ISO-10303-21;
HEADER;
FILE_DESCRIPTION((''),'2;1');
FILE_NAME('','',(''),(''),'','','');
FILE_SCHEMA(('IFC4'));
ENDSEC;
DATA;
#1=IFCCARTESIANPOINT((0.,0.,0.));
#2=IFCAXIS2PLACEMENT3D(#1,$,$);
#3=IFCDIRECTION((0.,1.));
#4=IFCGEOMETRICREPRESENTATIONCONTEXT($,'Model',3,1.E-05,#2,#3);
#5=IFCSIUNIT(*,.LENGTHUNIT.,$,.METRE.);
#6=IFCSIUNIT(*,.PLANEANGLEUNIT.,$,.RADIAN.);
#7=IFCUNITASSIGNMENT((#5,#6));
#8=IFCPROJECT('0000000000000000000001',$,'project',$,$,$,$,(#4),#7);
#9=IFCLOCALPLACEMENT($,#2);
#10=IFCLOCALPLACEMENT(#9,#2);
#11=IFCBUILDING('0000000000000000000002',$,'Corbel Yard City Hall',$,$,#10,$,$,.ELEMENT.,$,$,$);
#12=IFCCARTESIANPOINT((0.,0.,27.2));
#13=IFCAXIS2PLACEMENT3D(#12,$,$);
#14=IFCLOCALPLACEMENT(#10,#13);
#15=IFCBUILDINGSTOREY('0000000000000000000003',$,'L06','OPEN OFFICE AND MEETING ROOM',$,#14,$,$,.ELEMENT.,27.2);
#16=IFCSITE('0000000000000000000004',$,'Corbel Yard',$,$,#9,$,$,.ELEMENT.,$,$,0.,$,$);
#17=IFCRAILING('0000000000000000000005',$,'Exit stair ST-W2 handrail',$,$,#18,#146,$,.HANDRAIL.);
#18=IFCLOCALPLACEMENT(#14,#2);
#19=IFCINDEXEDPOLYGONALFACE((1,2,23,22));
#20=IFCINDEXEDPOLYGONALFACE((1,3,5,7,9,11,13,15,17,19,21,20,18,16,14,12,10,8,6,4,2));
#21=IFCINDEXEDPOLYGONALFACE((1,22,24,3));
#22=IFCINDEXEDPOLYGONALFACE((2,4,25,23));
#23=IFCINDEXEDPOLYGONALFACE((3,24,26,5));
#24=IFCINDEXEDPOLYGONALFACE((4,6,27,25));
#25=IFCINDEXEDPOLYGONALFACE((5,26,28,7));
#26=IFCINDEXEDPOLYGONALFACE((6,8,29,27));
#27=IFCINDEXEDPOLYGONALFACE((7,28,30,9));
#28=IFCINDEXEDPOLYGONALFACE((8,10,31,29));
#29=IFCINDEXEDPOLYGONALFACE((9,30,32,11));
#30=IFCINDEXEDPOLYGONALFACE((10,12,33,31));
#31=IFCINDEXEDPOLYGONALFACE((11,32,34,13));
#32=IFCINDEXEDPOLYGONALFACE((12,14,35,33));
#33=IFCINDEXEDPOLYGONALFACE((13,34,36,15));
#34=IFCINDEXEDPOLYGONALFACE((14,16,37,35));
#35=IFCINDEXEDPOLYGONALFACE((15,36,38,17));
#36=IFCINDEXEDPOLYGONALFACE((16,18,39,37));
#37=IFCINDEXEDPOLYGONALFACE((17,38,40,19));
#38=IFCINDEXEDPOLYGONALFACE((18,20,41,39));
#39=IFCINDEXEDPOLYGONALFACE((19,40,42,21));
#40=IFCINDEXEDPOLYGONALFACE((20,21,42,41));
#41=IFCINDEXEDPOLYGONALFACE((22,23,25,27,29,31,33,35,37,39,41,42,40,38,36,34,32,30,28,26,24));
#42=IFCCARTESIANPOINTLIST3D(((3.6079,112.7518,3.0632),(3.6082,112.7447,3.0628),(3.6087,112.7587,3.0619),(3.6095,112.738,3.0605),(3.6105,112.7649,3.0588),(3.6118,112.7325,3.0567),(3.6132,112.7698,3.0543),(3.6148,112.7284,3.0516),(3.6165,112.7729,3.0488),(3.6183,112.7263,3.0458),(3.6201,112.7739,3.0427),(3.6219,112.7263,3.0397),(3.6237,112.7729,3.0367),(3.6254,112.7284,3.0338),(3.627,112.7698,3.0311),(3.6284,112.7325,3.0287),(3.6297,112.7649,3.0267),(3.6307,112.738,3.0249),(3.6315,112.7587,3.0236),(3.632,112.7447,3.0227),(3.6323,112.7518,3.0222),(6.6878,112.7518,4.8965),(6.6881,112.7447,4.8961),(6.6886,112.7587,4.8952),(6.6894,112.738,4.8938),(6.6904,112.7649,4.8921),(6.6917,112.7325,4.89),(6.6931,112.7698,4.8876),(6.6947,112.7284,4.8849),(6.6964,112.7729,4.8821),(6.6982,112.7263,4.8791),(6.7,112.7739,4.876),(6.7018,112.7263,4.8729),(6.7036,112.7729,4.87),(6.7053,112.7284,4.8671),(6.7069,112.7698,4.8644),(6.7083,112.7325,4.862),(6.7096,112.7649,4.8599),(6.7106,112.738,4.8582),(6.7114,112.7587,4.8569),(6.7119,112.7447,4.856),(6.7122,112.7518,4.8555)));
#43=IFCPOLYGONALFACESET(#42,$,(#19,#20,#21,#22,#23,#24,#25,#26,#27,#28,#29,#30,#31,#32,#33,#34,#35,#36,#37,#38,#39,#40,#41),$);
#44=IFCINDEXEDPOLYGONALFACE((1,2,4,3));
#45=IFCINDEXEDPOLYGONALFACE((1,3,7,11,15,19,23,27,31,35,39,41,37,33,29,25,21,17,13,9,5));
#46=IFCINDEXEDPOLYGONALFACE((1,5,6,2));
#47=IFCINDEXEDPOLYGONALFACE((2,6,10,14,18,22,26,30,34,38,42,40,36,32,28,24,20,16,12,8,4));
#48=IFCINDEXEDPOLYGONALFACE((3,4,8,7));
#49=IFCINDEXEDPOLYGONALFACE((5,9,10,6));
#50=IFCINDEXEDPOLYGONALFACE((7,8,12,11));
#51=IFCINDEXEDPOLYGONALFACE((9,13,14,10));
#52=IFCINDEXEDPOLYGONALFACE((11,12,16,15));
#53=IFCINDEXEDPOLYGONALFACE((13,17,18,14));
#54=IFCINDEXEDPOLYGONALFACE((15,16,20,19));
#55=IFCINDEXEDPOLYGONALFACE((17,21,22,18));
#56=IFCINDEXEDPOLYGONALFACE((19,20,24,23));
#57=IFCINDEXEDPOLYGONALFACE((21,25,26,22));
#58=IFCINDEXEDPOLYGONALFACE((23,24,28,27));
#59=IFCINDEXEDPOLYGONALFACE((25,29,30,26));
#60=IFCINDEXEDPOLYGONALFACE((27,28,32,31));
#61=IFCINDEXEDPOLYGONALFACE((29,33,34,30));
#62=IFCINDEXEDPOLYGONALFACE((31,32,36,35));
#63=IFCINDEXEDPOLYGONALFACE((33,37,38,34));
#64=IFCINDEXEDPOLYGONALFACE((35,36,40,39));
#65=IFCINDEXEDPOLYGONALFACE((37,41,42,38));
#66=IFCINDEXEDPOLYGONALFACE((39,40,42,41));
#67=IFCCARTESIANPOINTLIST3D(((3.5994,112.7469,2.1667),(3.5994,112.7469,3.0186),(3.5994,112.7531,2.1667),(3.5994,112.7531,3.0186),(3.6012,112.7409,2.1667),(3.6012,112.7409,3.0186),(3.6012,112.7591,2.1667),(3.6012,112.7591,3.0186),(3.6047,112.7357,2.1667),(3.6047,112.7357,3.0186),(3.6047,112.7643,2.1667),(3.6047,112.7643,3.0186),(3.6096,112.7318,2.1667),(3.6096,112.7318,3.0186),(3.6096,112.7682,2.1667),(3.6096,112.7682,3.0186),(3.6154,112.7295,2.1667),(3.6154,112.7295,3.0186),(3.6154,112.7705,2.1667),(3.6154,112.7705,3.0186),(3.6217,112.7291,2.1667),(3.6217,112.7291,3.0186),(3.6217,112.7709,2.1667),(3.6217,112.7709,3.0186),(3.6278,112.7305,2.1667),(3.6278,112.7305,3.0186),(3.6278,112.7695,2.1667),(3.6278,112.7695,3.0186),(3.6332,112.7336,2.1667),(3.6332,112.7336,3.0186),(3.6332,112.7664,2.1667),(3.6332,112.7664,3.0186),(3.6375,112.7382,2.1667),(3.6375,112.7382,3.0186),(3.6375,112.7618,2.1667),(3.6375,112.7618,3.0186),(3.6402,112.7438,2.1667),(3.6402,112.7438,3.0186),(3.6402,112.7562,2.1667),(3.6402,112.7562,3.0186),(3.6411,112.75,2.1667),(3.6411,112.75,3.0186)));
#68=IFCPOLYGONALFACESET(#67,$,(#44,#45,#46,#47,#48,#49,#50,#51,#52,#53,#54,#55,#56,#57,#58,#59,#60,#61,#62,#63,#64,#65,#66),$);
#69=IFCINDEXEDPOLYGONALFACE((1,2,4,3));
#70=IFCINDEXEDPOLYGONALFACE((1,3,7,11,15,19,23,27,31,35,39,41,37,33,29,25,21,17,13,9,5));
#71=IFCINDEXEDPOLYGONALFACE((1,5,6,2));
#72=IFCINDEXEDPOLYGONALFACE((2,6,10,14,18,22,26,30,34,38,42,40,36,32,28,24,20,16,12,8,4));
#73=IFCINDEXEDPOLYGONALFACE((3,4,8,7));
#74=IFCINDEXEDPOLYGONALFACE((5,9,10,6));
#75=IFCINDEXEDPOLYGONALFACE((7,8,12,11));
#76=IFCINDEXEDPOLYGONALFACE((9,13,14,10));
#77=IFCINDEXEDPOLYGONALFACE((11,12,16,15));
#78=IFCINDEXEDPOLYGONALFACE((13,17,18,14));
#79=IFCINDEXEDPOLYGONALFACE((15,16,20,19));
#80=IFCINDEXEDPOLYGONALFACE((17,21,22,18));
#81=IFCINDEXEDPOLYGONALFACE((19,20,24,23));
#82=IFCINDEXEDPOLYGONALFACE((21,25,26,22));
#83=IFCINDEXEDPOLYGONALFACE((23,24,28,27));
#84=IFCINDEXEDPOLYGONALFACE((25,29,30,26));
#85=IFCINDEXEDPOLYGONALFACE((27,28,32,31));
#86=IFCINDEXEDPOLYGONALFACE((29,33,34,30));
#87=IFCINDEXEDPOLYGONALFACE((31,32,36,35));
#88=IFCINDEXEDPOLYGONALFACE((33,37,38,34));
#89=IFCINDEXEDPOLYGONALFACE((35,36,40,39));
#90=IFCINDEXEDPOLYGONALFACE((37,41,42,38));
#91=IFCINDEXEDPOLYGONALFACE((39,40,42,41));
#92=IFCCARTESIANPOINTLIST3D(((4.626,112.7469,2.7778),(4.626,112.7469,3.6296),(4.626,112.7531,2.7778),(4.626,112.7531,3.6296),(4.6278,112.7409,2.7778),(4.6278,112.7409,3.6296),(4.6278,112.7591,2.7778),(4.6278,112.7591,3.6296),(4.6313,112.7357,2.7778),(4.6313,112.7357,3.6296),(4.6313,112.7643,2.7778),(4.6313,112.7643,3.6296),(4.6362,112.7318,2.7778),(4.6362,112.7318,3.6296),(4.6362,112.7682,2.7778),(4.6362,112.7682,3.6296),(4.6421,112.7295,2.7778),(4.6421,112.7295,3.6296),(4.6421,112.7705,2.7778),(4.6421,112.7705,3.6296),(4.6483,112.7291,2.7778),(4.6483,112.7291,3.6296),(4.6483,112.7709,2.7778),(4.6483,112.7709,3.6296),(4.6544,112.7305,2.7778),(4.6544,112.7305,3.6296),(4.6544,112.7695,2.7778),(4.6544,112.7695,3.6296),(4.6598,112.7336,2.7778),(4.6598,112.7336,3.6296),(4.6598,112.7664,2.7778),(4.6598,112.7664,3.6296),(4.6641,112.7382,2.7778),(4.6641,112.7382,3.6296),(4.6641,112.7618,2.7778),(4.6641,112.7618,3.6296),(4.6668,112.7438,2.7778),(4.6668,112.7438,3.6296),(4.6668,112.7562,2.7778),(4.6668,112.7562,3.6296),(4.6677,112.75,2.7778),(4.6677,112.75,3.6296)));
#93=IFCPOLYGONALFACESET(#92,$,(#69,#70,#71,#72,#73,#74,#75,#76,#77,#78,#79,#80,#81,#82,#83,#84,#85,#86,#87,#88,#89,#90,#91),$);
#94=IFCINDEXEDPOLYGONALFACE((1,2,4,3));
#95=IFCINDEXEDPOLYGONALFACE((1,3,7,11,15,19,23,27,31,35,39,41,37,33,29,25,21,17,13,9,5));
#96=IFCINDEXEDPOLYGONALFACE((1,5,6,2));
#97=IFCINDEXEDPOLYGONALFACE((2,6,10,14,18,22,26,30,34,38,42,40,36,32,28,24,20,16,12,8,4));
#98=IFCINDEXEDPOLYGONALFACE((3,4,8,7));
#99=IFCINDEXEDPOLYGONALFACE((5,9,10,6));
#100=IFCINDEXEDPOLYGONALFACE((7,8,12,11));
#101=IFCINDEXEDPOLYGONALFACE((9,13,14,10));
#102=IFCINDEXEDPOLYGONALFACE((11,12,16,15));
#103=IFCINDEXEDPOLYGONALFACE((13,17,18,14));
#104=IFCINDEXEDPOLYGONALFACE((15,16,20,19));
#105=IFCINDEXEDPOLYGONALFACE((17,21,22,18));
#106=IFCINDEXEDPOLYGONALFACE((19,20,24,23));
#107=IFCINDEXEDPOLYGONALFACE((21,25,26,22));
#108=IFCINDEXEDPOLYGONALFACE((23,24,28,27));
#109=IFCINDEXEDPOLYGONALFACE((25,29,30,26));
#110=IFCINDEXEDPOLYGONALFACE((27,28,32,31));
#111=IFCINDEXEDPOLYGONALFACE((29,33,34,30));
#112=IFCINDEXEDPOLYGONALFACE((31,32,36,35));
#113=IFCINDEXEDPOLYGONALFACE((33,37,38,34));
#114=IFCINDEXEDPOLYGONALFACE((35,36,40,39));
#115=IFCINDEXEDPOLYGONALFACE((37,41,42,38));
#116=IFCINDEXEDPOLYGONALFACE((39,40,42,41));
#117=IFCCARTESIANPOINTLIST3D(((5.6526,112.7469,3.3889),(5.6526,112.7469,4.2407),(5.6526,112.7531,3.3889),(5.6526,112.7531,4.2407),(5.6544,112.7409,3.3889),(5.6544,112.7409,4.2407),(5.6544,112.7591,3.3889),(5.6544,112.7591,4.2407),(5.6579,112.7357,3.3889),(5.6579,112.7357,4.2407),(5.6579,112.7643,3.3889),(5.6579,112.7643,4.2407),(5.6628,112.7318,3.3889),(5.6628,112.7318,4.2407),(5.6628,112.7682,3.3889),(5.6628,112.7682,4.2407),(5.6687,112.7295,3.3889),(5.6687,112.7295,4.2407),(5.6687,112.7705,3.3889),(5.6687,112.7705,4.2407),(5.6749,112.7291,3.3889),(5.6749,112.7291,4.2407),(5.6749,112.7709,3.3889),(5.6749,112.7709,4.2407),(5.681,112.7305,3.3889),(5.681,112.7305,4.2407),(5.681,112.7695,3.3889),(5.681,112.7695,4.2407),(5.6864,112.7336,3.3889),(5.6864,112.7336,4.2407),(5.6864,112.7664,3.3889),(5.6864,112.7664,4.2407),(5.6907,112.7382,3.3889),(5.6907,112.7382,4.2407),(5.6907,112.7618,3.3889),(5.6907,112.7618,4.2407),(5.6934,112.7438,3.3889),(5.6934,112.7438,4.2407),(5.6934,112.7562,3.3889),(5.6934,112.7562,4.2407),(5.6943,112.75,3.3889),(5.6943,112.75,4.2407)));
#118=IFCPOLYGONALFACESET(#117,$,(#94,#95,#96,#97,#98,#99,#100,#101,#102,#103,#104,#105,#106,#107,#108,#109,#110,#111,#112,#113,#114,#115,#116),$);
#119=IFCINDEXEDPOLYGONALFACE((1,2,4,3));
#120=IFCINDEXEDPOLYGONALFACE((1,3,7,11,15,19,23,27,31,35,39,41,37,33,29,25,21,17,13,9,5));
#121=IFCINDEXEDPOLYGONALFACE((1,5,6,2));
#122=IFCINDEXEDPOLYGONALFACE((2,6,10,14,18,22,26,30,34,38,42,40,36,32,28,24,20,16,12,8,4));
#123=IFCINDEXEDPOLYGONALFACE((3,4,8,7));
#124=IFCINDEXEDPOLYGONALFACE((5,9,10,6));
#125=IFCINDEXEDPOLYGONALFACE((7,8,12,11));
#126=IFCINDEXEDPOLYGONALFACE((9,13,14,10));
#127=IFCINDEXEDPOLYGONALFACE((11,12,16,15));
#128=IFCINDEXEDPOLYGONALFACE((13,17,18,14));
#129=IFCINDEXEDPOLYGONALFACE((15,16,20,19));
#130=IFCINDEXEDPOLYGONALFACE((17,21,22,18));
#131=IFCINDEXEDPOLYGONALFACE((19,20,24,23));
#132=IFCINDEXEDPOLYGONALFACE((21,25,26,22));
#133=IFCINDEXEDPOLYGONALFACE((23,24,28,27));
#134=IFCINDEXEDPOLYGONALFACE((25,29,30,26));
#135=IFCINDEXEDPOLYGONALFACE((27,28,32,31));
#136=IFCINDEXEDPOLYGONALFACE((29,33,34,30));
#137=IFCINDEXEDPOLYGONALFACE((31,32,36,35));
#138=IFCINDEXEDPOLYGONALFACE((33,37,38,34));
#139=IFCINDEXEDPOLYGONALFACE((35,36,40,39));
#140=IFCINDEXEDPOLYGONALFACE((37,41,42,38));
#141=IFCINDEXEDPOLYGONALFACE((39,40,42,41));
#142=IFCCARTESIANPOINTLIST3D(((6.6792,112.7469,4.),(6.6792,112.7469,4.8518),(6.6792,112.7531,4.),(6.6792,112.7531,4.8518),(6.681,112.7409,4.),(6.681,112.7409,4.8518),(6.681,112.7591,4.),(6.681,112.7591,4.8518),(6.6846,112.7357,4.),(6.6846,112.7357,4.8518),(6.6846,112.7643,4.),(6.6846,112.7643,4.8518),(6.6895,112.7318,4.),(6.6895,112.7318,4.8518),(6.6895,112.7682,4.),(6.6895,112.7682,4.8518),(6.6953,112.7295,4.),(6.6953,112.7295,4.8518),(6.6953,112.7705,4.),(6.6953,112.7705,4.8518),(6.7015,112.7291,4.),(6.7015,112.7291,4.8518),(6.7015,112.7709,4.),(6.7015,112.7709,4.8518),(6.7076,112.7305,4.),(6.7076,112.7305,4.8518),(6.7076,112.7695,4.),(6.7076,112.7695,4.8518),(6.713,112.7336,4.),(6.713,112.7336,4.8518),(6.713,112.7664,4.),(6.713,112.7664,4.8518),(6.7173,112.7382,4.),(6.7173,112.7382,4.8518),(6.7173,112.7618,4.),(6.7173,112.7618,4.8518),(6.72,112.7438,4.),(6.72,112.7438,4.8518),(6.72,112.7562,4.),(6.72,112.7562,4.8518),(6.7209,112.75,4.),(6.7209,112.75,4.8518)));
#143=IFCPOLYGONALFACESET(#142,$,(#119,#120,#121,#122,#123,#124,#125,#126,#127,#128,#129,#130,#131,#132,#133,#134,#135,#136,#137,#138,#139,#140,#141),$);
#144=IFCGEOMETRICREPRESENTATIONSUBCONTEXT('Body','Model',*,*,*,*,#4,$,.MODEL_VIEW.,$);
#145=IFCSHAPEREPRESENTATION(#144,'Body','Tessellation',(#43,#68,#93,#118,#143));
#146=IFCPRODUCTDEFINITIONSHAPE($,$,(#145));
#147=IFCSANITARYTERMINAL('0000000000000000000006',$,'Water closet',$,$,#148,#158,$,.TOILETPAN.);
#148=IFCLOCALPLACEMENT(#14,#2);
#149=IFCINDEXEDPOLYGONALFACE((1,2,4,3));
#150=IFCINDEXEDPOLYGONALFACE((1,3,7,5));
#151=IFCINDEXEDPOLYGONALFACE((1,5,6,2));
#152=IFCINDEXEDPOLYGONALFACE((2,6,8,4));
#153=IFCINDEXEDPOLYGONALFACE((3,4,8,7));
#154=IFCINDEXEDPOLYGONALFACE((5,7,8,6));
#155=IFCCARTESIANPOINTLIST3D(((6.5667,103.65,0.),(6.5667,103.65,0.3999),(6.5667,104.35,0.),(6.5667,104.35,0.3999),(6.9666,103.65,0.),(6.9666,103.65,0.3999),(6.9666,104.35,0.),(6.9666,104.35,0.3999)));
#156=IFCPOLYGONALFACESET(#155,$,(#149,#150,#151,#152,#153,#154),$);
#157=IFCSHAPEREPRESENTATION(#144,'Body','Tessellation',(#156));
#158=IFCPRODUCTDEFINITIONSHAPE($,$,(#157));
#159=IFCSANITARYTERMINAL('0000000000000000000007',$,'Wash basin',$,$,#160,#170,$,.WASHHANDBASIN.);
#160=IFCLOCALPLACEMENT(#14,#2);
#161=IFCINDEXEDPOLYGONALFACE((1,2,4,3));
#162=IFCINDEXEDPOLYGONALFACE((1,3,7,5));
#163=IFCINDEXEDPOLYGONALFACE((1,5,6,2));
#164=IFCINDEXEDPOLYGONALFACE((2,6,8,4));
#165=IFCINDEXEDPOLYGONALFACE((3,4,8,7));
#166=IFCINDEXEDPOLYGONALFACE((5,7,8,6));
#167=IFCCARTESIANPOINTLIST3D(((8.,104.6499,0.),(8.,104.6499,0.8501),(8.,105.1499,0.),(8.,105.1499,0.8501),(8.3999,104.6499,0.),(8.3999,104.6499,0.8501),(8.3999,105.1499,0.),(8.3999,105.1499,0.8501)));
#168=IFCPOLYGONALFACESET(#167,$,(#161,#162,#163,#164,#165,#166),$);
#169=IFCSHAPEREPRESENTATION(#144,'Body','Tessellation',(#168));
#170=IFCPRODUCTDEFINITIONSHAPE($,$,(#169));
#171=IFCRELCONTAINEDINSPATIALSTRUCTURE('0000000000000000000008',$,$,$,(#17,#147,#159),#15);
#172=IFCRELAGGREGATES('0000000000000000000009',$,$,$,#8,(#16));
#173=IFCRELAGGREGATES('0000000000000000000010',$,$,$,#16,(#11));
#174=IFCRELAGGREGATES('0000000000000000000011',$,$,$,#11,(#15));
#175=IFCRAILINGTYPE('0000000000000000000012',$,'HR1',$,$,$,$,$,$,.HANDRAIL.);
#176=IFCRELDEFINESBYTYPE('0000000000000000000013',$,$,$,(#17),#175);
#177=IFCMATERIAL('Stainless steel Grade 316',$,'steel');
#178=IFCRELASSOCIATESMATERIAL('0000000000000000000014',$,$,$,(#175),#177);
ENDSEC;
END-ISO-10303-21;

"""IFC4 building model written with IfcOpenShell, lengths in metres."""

from ifc_helpers import new_model, si_unit, direction, frame, origin, origin_2d, place, context, subcontext, project, spatial, rectangle, circle, extrude, material, type_object, element, save


model = new_model("IFC4")

# Units and contexts
model_context = context("Model", 3, precision=1e-05, world=origin(), true_north=direction((0.0, 1.0)))
body_context = subcontext(model_context, "Body", "Model", "MODEL_VIEW")
ifc_project = project(units=[si_unit("LENGTHUNIT", "METRE"), si_unit("PLANEANGLEUNIT", "RADIAN")], contexts=[model_context])

# Site, building, storey
site_placement = place(None, origin())
site = spatial("IfcSite", under=ifc_project, at=site_placement, Name="Corbel Yard", CompositionType="ELEMENT", RefElevation=0.0)
building_placement = place(site_placement, origin())
building = spatial("IfcBuilding", under=site, at=building_placement, Name="Corbel Yard City Hall", CompositionType="ELEMENT")
storey_placement = place(building_placement, frame((0.0, 0.0, 27.2)))
storey = spatial("IfcBuildingStorey", under=building, at=storey_placement, Name="L06", Description="OPEN OFFICE AND MEETING ROOM", CompositionType="ELEMENT", Elevation=27.2)

# Shared definitions
ifc_material_1 = material(Name="Stainless steel Grade 316", Category="steel")

# Railing
railing_type = type_object("IfcRailingType", Name="HR1", PredefinedType="HANDRAIL", material=ifc_material_1)
for number, where, name in (
    (1, (3.6201, 112.75, 2.1667), "Exit stair ST-W2 handrail"),
):
    element("IfcRailing", number, at=place(storey_placement, frame(where)), inside=storey, type_object=railing_type, Name=name, PredefinedType="HANDRAIL", context=body_context, shape_type="SweptSolid", body=[
        extrude(circle(Radius=0.0239, at=origin_2d()), frame((0.0, 0.0, 0.876), z_axis=(0.859291, 0.0, 0.511487), x_axis=(0.0, 1.0, 0.0)), (0.0, 0.0, 1.0), 3.5842),
        extrude(circle(Radius=0.021, at=origin_2d()), origin(), (0.0, 0.0, 1.0), 0.8518),
        extrude(circle(Radius=0.021, at=origin_2d()), frame((1.0266, 0.0, 0.6111)), (0.0, 0.0, 1.0), 0.8518),
        extrude(circle(Radius=0.021, at=origin_2d()), frame((2.0532, 0.0, 1.2222)), (0.0, 0.0, 1.0), 0.8518),
        extrude(circle(Radius=0.021, at=origin_2d()), frame((3.0798, 0.0, 1.8333)), (0.0, 0.0, 1.0), 0.8518),
    ])

# Sanitary terminals
sanitary_terminal_1_placement = place(storey_placement, frame((6.7666, 104.0, 0.0), z_axis=(0.0, 0.0, 1.0), x_axis=(1.0, 0.0, 0.0)))
element("IfcSanitaryTerminal", 2, at=sanitary_terminal_1_placement, inside=storey, Name="Water closet", PredefinedType="TOILETPAN", context=body_context, shape_type="SweptSolid", body=[
    extrude(rectangle(XDim=0.3999, YDim=0.7, at=origin_2d()), origin(), (0.0, 0.0, 1.0), 0.3999),
])
sanitary_terminal_2_placement = place(storey_placement, frame((8.2, 104.8999, 0.0), z_axis=(0.0, 0.0, 1.0), x_axis=(1.0, 0.0, 0.0)))
element("IfcSanitaryTerminal", 3, at=sanitary_terminal_2_placement, inside=storey, Name="Wash basin", PredefinedType="WASHHANDBASIN", context=body_context, shape_type="SweptSolid", body=[
    extrude(rectangle(XDim=0.3999, YDim=0.5, at=origin_2d()), origin(), (0.0, 0.0, 1.0), 0.8501),
])

save(model, "model.ifc")
